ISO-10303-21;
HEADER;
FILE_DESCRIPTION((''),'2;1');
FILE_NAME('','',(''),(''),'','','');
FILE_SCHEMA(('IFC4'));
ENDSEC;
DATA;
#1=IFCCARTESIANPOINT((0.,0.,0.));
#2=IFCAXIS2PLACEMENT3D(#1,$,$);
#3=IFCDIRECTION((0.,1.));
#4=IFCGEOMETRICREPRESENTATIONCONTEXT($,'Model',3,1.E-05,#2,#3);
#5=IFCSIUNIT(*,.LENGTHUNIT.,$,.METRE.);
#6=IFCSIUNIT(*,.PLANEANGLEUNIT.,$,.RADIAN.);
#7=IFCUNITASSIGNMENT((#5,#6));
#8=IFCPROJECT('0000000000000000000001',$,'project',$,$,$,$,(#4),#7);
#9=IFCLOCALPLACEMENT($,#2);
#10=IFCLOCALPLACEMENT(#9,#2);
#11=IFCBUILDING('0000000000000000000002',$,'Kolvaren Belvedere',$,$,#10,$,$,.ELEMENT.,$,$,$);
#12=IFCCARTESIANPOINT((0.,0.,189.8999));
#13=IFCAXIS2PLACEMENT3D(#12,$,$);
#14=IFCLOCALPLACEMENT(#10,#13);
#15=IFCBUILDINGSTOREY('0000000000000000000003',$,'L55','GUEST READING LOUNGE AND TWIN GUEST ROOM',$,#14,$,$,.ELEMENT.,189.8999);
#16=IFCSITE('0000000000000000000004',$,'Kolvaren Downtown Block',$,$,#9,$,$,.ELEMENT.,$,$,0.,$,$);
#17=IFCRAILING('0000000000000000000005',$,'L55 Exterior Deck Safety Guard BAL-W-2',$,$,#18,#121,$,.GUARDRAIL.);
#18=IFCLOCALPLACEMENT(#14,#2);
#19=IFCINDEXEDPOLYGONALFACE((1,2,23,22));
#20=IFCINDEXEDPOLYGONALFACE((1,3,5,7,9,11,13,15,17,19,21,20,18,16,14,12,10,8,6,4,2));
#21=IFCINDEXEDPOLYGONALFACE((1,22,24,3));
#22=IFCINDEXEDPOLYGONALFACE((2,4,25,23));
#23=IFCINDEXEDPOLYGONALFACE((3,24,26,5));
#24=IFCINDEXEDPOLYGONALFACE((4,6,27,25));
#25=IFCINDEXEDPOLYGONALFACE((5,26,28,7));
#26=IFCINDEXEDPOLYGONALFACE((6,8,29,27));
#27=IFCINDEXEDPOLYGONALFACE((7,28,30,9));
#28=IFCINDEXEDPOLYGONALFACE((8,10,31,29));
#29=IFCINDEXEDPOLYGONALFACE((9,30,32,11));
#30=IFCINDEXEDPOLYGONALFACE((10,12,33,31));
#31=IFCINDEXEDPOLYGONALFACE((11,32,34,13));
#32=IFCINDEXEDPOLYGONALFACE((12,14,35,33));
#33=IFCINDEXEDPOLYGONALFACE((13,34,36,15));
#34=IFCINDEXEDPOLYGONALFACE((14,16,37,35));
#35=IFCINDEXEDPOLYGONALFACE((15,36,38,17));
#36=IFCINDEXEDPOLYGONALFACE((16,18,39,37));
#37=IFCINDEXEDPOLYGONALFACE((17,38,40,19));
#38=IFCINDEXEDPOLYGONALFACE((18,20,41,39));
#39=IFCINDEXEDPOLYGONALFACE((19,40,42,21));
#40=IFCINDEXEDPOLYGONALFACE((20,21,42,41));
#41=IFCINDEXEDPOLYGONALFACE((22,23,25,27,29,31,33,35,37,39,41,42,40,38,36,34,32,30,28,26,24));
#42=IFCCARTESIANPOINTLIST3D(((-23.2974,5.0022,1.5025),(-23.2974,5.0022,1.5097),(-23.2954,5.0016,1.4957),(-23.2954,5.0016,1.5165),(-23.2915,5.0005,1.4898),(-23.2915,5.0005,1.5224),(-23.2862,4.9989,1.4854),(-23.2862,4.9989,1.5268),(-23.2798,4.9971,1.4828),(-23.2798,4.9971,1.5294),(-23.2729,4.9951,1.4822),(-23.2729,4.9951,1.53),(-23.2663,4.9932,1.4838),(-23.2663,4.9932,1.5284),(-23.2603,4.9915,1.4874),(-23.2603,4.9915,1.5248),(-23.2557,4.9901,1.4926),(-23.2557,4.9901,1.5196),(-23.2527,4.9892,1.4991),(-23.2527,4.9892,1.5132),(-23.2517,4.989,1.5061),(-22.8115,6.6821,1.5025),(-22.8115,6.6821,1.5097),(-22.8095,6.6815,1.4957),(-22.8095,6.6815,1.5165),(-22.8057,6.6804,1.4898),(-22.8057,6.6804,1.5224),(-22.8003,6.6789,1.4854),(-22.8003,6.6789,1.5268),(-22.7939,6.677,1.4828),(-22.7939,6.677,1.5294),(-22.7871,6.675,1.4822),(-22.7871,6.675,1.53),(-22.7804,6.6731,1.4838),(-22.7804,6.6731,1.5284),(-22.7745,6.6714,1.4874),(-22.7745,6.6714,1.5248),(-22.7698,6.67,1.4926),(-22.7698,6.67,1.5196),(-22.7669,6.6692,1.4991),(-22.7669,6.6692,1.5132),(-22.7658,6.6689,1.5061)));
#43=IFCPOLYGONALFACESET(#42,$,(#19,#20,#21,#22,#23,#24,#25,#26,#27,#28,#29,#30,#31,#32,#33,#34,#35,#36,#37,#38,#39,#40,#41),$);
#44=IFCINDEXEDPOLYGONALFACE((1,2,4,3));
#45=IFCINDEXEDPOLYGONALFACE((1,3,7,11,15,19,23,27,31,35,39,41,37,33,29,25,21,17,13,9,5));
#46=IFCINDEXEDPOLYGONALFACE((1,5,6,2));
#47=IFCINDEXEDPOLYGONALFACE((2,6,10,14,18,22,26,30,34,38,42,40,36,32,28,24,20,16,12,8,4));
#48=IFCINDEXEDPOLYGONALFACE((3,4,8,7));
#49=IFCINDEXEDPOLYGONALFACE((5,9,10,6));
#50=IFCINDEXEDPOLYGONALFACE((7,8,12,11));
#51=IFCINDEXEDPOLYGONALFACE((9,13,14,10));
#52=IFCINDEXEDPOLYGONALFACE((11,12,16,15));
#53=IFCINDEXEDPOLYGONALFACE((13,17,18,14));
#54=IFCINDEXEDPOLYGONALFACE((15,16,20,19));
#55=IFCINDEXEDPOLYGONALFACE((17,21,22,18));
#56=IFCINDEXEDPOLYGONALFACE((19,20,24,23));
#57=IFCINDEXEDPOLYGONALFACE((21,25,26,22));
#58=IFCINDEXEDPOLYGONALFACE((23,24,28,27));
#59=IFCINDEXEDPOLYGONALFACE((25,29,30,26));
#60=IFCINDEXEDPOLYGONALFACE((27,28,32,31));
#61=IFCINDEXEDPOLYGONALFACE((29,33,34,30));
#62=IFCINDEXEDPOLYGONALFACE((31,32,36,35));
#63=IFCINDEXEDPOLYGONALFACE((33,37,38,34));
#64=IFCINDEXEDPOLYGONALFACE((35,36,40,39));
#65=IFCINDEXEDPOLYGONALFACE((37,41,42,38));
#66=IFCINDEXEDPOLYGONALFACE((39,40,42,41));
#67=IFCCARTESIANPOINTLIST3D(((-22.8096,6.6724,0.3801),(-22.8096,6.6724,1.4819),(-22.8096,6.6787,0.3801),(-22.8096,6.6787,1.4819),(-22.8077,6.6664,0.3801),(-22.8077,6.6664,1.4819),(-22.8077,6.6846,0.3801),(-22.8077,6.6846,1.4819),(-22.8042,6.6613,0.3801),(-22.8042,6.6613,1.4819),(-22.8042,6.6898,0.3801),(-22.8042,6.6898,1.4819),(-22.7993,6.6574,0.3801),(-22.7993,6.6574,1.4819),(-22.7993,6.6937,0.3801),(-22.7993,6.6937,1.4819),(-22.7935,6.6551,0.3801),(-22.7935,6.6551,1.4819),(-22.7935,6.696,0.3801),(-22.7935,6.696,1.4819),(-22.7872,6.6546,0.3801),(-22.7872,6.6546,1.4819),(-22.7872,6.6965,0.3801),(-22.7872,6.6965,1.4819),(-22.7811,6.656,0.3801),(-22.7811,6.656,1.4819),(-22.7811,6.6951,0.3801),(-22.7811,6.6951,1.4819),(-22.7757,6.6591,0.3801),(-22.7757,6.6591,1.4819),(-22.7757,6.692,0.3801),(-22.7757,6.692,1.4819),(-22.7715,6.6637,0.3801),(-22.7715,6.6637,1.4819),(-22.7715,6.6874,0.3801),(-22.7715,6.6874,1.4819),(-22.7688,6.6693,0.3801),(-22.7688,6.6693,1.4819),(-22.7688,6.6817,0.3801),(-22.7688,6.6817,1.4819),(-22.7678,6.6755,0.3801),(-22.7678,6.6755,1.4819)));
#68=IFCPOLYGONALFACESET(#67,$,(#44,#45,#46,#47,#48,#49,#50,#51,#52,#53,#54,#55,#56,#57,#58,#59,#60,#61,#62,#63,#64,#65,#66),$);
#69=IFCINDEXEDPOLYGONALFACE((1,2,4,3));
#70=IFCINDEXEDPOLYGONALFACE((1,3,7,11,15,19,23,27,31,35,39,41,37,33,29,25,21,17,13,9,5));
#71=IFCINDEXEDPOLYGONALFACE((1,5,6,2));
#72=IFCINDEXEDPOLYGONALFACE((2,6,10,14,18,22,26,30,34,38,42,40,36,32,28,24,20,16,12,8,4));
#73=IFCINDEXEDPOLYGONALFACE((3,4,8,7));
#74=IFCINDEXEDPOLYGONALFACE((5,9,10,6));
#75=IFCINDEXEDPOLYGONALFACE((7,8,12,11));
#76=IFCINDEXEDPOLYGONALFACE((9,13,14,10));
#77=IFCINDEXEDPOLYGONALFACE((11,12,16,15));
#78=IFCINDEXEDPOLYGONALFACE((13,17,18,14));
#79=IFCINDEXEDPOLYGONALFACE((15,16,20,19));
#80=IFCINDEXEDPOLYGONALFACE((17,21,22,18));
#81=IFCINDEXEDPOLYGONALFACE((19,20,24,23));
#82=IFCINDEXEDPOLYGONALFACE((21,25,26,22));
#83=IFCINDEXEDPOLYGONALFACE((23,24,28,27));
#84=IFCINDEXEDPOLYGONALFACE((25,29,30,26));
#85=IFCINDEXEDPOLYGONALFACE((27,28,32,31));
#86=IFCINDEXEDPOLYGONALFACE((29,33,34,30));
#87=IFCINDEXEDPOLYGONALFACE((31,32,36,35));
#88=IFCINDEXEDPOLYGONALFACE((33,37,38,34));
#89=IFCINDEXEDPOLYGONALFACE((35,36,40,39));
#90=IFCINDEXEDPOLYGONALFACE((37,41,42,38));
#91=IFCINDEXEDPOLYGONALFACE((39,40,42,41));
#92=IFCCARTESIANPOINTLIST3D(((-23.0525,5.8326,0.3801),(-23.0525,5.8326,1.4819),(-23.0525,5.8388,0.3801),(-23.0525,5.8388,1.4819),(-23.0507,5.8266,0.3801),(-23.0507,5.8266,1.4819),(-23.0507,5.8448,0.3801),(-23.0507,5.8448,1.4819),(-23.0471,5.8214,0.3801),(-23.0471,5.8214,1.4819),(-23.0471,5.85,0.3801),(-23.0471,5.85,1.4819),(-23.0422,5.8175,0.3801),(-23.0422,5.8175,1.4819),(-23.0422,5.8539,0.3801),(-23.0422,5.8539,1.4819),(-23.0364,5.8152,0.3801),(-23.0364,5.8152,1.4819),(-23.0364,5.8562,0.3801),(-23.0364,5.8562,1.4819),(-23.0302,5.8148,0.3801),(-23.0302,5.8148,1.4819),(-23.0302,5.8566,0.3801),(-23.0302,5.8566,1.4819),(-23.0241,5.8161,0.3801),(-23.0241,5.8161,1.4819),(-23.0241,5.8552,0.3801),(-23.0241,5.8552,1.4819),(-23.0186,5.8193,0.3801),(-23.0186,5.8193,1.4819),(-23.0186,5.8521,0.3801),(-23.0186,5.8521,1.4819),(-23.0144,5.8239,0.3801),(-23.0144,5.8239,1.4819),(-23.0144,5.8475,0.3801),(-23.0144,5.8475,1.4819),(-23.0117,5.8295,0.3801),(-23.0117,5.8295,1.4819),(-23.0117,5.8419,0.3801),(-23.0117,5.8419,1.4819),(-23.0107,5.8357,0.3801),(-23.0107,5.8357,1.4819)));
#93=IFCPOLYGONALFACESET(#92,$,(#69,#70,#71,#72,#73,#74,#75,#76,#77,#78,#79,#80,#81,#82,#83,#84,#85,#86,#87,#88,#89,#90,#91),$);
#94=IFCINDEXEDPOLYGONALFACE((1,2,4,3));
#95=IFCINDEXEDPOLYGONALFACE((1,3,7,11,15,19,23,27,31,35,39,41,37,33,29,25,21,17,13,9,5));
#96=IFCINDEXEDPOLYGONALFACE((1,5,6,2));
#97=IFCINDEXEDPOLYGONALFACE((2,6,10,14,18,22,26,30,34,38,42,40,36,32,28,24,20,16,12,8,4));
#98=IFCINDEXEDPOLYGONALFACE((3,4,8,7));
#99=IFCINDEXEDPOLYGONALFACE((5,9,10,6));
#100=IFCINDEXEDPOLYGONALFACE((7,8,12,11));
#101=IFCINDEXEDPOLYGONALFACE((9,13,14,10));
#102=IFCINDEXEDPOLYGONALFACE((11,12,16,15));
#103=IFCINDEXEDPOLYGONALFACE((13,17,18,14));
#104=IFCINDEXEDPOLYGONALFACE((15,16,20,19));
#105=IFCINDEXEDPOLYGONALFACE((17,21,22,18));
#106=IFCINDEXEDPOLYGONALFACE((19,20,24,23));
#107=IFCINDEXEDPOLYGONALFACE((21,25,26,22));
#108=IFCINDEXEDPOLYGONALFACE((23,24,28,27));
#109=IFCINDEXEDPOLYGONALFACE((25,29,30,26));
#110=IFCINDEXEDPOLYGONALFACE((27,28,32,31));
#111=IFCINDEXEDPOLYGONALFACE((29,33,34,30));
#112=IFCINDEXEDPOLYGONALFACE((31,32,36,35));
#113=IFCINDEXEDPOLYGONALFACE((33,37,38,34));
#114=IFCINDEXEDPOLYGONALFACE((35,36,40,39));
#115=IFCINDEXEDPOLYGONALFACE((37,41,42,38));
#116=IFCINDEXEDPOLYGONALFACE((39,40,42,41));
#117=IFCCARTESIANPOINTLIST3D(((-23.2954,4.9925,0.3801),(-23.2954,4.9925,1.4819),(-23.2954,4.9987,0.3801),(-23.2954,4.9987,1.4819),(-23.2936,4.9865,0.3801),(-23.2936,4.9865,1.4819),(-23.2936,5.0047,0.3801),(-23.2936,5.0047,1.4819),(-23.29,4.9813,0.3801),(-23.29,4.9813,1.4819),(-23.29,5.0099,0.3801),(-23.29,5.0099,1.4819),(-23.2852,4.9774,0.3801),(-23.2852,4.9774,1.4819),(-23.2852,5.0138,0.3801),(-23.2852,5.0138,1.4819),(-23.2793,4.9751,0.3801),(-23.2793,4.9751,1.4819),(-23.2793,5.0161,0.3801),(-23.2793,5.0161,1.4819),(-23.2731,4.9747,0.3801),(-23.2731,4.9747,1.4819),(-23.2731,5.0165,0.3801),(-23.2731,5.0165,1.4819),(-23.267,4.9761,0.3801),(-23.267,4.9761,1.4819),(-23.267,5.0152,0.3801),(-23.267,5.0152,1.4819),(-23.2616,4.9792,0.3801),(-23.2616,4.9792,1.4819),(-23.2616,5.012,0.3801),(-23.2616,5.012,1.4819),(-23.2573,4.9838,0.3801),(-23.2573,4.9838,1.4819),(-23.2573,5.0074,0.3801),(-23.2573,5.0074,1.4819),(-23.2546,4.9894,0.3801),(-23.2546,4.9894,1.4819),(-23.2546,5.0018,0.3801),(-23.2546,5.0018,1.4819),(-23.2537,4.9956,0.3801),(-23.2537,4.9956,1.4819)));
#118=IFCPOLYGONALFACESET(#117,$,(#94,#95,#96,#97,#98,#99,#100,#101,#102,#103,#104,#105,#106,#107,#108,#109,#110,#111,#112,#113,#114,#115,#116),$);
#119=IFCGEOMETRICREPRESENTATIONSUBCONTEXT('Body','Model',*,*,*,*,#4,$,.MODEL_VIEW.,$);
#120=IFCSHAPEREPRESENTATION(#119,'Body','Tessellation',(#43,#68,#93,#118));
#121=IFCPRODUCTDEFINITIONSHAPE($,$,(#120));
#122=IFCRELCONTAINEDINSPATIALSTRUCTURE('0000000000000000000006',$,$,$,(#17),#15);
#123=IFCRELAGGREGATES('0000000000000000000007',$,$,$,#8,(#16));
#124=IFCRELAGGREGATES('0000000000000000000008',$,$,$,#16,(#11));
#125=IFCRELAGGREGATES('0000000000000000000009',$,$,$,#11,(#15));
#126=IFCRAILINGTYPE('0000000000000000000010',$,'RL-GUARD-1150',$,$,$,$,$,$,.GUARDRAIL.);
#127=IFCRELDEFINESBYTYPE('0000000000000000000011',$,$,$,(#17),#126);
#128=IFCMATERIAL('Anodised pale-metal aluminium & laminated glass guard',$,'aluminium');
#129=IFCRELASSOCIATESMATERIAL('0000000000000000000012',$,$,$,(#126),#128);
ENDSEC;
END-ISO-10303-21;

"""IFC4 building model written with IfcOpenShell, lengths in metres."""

from ifc_helpers import new_model, si_unit, direction, frame, origin, origin_2d, place, context, subcontext, project, spatial, circle, extrude, material, type_object, element, save


model = new_model("IFC4")

# Units and contexts
model_context = context("Model", 3, precision=1e-05, world=origin(), true_north=direction((0.0, 1.0)))
body_context = subcontext(model_context, "Body", "Model", "MODEL_VIEW")
ifc_project = project(units=[si_unit("LENGTHUNIT", "METRE"), si_unit("PLANEANGLEUNIT", "RADIAN")], contexts=[model_context])

# Site, building, storey
site_placement = place(None, origin())
site = spatial("IfcSite", under=ifc_project, at=site_placement, Name="Kolvaren Downtown Block", CompositionType="ELEMENT", RefElevation=0.0)
building_placement = place(site_placement, origin())
building = spatial("IfcBuilding", under=site, at=building_placement, Name="Kolvaren Belvedere", CompositionType="ELEMENT")
storey_placement = place(building_placement, frame((0.0, 0.0, 189.8999)))
storey = spatial("IfcBuildingStorey", under=building, at=storey_placement, Name="L55", Description="GUEST READING LOUNGE AND TWIN GUEST ROOM", CompositionType="ELEMENT", Elevation=189.8999)

# Railing
ifc_material_1 = material(Name="Anodised pale-metal aluminium & laminated glass guard", Category="aluminium")
railing_type = type_object("IfcRailingType", Name="RL-GUARD-1150", PredefinedType="GUARDRAIL", material=ifc_material_1)
railing_1_placement = place(storey_placement, frame((-22.7888, 6.6755, 0.3801)))
element("IfcRailing", 1, at=railing_1_placement, inside=storey, type_object=railing_type, Name="L55 Exterior Deck Safety Guard BAL-W-2", PredefinedType="GUARDRAIL", context=body_context, shape_type="SweptSolid", body=[
    extrude(circle(Radius=0.0239, at=origin_2d()), frame((0.0, 0.0, 1.126), z_axis=(-0.277817, -0.960634, 0.0), x_axis=(0.960634, -0.277817, 0.0)), (0.0, 0.0, 1.0), 1.7488),
    extrude(circle(Radius=0.021, at=origin_2d()), origin(), (0.0, 0.0, 1.0), 1.1018),
    extrude(circle(Radius=0.021, at=origin_2d()), frame((-0.2429, -0.8398, 0.0)), (0.0, 0.0, 1.0), 1.1018),
    extrude(circle(Radius=0.021, at=origin_2d()), frame((-0.4858, -1.6799, 0.0)), (0.0, 0.0, 1.0), 1.1018),
])

save(model, "model.ifc")
